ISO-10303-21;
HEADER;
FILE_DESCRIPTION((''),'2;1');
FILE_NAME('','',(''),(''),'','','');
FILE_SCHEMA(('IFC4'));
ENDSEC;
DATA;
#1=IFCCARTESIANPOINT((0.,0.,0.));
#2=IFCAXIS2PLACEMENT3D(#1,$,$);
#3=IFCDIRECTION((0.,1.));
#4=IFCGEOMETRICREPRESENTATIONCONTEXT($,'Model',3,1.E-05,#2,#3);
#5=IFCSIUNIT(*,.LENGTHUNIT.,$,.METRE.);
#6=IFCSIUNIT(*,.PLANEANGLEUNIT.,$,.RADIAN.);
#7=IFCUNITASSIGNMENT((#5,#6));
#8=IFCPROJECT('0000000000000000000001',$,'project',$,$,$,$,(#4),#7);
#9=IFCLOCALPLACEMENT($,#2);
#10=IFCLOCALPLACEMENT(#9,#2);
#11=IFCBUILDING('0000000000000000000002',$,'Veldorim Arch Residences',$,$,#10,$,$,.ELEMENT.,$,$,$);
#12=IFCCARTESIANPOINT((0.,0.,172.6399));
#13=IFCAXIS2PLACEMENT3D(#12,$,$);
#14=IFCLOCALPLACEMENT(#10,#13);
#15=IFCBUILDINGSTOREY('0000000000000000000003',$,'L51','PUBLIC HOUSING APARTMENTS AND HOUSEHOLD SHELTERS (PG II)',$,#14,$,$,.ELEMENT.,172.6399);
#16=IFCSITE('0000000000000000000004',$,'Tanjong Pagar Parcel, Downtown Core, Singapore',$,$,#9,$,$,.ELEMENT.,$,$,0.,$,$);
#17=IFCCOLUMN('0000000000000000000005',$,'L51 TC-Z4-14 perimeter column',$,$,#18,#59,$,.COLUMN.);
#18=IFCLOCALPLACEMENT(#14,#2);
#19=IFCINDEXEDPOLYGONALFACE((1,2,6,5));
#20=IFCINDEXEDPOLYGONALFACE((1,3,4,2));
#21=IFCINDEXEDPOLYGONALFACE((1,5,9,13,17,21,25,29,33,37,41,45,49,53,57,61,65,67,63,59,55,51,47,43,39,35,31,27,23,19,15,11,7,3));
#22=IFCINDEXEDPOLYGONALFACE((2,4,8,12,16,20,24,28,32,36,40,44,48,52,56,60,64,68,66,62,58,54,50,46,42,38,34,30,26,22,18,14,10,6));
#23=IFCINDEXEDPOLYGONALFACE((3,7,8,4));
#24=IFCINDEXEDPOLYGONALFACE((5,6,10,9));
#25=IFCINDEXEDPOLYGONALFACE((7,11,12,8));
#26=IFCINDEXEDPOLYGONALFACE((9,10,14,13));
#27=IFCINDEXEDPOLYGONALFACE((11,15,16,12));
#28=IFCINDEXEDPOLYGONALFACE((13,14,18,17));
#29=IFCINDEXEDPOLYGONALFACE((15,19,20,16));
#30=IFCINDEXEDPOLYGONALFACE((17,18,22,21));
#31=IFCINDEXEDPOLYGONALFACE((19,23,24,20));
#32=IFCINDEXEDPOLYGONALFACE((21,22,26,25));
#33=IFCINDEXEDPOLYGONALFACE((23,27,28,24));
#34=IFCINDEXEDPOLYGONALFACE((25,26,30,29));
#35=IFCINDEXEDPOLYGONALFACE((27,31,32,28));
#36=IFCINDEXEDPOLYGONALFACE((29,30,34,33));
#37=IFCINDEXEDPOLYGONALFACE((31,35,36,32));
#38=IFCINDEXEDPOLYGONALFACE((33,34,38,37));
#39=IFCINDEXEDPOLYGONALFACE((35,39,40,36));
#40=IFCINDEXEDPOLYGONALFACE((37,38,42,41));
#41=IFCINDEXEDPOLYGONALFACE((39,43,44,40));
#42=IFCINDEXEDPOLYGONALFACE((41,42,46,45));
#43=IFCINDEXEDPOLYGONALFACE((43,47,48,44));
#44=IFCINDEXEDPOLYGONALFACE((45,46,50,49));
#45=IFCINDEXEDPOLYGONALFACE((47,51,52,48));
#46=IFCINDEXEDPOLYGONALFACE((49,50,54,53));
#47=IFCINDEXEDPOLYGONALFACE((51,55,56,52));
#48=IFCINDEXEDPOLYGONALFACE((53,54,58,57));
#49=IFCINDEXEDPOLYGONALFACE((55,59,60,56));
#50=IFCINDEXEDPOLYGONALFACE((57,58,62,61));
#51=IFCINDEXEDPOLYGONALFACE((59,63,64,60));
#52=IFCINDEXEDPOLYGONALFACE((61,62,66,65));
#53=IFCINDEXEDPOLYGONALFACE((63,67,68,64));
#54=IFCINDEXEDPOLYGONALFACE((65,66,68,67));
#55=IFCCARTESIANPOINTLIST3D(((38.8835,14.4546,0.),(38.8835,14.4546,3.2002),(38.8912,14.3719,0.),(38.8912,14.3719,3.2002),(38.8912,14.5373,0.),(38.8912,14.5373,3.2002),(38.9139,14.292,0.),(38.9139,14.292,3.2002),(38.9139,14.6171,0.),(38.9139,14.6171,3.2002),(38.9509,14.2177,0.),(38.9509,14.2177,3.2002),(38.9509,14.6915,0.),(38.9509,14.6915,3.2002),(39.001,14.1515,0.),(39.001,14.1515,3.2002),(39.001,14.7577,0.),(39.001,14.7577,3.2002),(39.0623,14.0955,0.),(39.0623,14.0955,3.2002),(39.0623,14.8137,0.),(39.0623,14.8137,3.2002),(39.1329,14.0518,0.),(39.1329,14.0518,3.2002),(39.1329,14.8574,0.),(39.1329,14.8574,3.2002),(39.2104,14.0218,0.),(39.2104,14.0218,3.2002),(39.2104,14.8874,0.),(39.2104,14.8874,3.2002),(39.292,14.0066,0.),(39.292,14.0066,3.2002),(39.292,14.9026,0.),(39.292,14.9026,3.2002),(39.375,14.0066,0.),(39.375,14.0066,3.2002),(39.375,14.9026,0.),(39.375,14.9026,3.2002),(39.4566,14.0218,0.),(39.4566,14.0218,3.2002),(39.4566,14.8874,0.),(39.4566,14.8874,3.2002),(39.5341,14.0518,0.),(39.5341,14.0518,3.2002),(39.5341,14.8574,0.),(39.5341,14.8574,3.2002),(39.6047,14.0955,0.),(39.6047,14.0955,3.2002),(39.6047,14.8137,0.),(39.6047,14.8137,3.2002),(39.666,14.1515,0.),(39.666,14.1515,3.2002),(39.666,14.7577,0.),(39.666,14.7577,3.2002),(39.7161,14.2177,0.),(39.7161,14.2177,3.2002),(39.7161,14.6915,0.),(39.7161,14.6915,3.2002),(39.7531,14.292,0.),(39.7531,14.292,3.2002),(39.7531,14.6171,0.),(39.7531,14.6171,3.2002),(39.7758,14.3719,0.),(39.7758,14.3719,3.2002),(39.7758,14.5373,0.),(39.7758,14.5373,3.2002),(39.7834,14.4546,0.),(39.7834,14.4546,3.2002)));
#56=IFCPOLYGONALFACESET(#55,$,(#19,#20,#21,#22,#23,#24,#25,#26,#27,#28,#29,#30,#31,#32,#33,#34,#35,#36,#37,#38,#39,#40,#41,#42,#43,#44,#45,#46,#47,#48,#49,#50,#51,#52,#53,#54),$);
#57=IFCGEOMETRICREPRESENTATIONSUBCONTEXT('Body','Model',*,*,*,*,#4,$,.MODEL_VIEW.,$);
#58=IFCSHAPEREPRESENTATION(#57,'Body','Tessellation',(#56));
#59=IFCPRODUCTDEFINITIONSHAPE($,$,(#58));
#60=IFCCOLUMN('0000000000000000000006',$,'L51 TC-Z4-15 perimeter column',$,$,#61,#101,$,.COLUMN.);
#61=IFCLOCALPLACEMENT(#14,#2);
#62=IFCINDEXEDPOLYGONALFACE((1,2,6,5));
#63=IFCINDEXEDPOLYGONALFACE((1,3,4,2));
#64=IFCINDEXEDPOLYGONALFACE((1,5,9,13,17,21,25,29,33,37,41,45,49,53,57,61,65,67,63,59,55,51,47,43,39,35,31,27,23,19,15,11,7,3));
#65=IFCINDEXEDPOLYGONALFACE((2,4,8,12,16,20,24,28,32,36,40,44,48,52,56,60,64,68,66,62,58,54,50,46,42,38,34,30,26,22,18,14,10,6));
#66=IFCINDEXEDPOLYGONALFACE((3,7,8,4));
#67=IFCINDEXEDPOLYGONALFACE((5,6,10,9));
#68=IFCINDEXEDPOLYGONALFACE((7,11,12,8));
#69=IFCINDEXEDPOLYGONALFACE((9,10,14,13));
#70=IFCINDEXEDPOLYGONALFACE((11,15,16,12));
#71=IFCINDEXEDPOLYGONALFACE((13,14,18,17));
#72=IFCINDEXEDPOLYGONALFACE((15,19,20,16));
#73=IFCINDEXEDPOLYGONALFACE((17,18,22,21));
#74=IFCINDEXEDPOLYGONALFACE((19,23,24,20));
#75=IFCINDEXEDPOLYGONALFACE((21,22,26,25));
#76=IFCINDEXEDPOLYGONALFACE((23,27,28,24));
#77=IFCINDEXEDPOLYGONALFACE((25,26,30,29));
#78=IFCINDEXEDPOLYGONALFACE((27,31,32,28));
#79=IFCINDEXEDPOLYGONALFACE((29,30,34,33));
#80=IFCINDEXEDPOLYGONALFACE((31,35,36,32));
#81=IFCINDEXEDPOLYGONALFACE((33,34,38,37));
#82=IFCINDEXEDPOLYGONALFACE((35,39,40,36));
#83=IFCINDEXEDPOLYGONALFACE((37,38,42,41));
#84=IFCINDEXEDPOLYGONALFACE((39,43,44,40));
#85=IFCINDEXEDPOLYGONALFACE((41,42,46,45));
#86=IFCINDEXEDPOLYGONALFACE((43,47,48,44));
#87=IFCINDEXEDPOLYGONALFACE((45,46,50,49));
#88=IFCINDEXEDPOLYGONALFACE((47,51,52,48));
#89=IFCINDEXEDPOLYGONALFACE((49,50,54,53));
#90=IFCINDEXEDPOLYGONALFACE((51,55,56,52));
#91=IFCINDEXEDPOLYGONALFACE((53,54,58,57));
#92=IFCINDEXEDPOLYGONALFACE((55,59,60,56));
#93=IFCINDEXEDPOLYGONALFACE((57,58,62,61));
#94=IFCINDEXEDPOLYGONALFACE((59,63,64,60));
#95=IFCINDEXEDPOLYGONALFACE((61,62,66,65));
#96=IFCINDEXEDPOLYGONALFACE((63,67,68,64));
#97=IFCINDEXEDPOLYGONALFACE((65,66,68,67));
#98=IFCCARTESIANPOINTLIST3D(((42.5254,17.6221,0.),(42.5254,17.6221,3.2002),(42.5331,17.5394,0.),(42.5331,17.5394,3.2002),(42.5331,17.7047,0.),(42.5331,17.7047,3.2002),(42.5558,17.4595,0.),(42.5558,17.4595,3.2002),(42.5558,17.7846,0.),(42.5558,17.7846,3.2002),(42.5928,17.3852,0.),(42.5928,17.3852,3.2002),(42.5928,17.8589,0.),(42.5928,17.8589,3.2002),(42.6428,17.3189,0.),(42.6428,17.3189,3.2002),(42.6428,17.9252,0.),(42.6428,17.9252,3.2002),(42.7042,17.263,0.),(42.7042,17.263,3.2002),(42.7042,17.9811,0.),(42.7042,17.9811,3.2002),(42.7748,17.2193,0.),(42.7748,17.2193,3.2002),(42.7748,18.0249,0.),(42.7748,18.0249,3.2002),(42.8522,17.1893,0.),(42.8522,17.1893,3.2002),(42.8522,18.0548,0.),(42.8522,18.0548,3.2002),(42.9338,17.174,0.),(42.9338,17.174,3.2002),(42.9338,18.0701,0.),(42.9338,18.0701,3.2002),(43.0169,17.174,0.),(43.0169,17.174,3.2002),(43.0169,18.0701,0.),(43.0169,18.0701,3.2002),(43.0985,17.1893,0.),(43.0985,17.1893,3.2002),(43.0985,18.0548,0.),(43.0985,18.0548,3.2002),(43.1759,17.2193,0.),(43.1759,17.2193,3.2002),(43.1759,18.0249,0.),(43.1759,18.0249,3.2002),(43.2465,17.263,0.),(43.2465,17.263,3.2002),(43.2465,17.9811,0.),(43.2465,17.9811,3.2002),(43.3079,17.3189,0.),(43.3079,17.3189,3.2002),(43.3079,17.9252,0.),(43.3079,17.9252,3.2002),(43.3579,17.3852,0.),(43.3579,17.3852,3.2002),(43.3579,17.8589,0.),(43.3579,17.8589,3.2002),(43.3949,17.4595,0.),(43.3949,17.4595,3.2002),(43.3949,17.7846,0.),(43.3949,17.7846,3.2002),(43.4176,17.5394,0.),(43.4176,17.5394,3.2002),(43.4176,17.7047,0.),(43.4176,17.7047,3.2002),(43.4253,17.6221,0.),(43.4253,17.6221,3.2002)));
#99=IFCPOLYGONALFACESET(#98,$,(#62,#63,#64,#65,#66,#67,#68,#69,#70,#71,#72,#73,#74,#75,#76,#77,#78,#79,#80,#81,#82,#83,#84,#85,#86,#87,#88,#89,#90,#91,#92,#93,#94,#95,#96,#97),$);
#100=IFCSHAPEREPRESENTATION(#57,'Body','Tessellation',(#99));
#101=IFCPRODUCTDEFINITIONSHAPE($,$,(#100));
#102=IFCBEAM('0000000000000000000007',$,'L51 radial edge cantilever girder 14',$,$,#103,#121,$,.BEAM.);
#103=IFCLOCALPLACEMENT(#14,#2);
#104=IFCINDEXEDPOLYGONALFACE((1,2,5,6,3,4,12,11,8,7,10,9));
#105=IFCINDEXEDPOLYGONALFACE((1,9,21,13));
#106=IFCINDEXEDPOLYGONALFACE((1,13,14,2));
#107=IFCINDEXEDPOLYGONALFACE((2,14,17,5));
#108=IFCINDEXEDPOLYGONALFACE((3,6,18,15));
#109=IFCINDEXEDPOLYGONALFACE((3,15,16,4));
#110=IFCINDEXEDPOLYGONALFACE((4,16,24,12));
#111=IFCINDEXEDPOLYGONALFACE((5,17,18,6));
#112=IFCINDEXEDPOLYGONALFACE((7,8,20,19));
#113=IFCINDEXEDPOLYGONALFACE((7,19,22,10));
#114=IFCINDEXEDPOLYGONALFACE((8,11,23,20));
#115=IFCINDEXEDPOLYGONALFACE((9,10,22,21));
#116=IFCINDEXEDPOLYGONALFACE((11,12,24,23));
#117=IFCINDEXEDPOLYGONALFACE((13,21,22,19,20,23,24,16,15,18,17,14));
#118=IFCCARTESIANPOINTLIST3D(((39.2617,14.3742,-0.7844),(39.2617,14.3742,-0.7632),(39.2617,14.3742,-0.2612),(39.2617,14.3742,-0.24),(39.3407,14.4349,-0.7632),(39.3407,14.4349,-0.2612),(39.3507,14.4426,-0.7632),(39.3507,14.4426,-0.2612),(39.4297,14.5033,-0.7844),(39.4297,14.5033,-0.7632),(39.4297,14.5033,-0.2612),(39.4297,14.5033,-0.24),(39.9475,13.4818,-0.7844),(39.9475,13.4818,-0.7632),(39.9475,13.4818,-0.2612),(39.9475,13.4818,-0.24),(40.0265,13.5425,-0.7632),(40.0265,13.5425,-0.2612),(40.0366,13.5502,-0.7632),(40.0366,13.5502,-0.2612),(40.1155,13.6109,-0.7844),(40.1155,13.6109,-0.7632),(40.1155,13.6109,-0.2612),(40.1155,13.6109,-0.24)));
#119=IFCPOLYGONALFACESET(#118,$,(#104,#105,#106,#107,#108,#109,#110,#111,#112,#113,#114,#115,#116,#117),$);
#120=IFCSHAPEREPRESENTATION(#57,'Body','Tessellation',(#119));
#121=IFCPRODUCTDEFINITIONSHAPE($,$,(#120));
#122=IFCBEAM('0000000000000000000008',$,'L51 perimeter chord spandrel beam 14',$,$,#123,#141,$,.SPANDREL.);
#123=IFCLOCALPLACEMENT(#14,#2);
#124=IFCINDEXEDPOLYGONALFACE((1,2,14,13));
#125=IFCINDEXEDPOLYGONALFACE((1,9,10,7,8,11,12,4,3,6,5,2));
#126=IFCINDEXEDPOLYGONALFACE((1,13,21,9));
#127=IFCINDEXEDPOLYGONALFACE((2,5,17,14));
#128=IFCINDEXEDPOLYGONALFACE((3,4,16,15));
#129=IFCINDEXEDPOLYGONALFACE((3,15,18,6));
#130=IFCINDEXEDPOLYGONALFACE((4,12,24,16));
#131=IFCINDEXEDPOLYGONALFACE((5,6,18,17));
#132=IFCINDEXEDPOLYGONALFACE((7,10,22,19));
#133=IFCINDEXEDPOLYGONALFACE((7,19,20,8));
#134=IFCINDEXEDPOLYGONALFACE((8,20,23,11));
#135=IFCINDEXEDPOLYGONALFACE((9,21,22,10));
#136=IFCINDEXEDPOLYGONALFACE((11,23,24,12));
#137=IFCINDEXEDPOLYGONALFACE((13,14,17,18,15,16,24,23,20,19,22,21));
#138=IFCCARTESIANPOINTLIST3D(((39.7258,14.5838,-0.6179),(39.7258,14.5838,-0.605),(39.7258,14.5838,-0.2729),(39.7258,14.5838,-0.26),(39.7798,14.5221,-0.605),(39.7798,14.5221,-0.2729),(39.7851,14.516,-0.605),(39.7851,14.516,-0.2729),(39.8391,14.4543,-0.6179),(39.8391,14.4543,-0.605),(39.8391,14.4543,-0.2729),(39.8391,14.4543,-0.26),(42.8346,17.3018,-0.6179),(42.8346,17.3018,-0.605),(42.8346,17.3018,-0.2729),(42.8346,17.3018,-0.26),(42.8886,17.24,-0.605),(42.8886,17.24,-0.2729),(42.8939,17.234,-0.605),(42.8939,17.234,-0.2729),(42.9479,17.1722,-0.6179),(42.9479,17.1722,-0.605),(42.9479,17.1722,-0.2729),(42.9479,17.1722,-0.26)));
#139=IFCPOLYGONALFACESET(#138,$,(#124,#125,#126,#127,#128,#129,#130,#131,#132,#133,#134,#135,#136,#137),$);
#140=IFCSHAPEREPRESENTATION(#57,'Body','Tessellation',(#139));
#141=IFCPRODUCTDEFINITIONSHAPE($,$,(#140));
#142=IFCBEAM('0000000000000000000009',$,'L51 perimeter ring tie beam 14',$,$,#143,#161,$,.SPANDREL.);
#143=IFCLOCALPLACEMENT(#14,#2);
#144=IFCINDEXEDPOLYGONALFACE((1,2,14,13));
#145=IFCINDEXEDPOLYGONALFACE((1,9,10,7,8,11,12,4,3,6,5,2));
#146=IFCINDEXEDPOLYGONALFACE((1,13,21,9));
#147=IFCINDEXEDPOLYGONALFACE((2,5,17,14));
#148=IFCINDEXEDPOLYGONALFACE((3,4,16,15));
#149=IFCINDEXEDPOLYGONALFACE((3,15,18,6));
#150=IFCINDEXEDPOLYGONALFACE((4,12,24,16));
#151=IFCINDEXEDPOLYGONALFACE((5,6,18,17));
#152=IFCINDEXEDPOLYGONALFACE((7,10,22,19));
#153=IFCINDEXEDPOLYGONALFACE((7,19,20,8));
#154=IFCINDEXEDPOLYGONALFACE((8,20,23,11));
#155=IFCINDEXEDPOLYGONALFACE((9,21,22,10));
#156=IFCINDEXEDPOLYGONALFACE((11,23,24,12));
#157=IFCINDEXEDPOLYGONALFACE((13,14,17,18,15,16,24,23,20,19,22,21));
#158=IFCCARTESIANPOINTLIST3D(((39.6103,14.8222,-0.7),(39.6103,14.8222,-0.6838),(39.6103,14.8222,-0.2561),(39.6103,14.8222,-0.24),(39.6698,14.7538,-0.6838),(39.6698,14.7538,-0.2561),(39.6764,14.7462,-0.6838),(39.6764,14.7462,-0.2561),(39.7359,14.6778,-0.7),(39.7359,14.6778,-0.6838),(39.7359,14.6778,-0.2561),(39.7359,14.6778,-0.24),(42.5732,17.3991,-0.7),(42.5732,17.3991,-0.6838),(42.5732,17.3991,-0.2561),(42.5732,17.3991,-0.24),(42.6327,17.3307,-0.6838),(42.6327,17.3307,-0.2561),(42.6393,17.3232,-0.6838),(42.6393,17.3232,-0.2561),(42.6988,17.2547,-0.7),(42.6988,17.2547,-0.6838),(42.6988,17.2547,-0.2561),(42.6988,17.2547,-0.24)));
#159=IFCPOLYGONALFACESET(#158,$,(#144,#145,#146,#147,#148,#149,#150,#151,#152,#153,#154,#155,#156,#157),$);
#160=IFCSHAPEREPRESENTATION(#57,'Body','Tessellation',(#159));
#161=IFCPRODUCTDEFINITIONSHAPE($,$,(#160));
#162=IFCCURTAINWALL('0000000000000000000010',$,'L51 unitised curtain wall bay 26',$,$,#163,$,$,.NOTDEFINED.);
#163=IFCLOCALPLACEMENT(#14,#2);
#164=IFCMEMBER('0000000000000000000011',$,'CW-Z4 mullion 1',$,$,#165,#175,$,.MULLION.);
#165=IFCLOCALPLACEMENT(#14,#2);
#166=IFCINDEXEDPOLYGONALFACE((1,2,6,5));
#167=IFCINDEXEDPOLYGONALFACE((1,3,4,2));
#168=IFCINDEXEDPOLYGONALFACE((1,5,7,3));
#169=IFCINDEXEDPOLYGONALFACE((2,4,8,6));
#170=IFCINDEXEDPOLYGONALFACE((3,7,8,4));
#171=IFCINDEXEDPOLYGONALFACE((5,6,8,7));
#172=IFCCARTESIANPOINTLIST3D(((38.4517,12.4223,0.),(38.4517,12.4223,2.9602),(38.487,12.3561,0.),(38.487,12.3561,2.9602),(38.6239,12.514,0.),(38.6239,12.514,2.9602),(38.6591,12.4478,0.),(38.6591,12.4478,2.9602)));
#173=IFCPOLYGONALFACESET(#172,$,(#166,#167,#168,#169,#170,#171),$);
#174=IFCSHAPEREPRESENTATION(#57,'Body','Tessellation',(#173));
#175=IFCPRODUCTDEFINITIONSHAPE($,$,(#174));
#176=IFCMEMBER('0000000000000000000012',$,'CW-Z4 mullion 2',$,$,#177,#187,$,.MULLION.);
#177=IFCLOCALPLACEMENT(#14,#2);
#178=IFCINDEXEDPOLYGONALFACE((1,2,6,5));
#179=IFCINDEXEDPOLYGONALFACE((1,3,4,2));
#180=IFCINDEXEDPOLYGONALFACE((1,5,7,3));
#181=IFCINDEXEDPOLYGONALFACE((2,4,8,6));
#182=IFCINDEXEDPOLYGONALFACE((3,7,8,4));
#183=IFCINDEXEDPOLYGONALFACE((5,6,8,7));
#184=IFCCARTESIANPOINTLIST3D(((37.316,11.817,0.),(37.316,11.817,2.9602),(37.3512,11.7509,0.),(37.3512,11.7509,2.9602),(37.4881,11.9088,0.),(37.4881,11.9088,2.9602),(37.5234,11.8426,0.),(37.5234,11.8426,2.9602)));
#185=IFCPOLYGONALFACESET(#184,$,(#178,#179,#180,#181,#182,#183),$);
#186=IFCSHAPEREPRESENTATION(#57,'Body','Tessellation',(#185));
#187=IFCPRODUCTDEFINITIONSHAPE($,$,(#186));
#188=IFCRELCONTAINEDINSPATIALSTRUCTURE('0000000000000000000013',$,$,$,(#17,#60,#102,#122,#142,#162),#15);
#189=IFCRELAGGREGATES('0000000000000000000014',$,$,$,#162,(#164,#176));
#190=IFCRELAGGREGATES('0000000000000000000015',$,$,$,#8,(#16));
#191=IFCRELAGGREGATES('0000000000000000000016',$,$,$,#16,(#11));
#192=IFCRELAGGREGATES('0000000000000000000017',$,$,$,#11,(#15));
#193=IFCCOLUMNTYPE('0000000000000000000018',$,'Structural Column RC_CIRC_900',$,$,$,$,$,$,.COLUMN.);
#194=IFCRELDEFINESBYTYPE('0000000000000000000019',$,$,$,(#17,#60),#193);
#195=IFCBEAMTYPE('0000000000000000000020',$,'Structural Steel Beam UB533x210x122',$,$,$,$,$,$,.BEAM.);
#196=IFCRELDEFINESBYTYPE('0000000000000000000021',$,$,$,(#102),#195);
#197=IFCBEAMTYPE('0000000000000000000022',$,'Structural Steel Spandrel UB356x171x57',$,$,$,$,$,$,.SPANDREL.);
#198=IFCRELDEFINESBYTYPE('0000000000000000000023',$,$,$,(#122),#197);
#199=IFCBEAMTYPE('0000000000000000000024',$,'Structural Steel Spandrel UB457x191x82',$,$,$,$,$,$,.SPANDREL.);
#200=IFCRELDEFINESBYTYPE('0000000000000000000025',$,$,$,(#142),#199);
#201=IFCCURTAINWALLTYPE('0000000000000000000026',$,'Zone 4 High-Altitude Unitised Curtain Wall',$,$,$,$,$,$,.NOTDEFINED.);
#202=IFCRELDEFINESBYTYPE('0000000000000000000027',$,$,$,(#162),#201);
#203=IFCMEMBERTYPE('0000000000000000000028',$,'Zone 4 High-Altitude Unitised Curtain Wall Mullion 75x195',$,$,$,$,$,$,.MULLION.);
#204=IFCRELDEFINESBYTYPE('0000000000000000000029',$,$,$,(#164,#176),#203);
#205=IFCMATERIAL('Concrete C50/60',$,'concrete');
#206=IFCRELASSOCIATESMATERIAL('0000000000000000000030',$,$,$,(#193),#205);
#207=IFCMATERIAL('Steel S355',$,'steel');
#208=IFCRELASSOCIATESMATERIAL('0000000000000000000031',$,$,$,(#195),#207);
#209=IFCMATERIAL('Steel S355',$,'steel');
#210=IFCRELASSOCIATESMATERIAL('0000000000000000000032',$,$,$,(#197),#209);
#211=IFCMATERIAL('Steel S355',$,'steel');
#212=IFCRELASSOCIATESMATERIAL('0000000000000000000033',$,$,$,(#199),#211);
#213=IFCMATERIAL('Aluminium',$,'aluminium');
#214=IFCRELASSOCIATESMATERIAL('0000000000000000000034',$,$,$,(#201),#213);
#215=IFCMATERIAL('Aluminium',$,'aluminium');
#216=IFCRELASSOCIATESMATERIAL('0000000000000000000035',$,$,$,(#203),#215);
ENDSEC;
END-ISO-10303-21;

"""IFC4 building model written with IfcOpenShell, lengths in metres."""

from ifc_helpers import new_model, si_unit, direction, frame, origin, origin_2d, place, context, subcontext, project, spatial, rectangle, circle, i_section, extrude, material, material_profile, profile_set, type_object, element, aggregate, save


model = new_model("IFC4")

# Units and contexts
model_context = context("Model", 3, precision=1e-05, world=origin(), true_north=direction((0.0, 1.0)))
body_context = subcontext(model_context, "Body", "Model", "MODEL_VIEW")
ifc_project = project(units=[si_unit("LENGTHUNIT", "METRE"), si_unit("PLANEANGLEUNIT", "RADIAN")], contexts=[model_context])

# Site, building, storey
site_placement = place(None, origin())
site = spatial("IfcSite", under=ifc_project, at=site_placement, Name="Tanjong Pagar Parcel, Downtown Core, Singapore", CompositionType="ELEMENT", RefElevation=0.0)
building_placement = place(site_placement, origin())
building = spatial("IfcBuilding", under=site, at=building_placement, Name="Veldorim Arch Residences", CompositionType="ELEMENT")
storey_placement = place(building_placement, frame((0.0, 0.0, 172.6399)))
storey = spatial("IfcBuildingStorey", under=building, at=storey_placement, Name="L51", Description="PUBLIC HOUSING APARTMENTS AND HOUSEHOLD SHELTERS (PG II)", CompositionType="ELEMENT", Elevation=172.6399)

# Columns
ifc_material_1 = material(Name="Concrete C50/60", Category="concrete")
ifc_material_profile_1 = material_profile(ifc_material_1, circle(Radius=0.45, at=origin_2d()), Name="RC_CIRC_900")
ifc_profile_set_1 = profile_set([ifc_material_profile_1], Name="Concrete C50/60")
column_type = type_object("IfcColumnType", Name="Structural Column RC_CIRC_900", PredefinedType="COLUMN", material=ifc_profile_set_1)
for number, where, z_axis, x_axis, name in (
    (1, (39.3335, 14.4546, 0.0), (0.0, 0.0, 1.0), (1.0, 0.0, 0.0), "L51 TC-Z4-14 perimeter column"),
    (2, (42.9753, 17.6221, 0.0), (0.0, 0.0, 1.0), (1.0, 0.0, 0.0), "L51 TC-Z4-15 perimeter column"),
):
    element("IfcColumn", number, at=place(storey_placement, frame(where, z_axis=z_axis, x_axis=x_axis)), inside=storey, type_object=column_type, Name=name, PredefinedType="COLUMN", context=body_context, shape_type="SweptSolid", body=[
        extrude(circle(Radius=0.45, at=origin_2d()), origin(), (0.0, 0.0, 1.0), 3.2002),
    ])

# Beams
ifc_material_2 = material(Name="Steel S355", Category="steel")
ifc_material_profile_2 = material_profile(ifc_material_2, i_section(OverallWidth=0.2119, OverallDepth=0.5444, WebThickness=0.0127, FlangeThickness=0.0212, at=origin_2d()), Name="UB533x210x122")
ifc_profile_set_2 = profile_set([ifc_material_profile_2], Name="Steel S355")
beam_type_1 = type_object("IfcBeamType", Name="Structural Steel Beam UB533x210x122", PredefinedType="BEAM", material=ifc_profile_set_2)
beam_1_placement = place(storey_placement, frame((39.3457, 14.4387, -0.5122), z_axis=(0.609365, -0.79289, 0.0), x_axis=(0.79289, 0.609365, 0.0)))
element("IfcBeam", 3, at=beam_1_placement, inside=storey, type_object=beam_type_1, Name="L51 radial edge cantilever girder 14", PredefinedType="BEAM", context=body_context, shape_type="SweptSolid", body=[
    extrude(i_section(OverallWidth=0.2119, OverallDepth=0.5444, WebThickness=0.0127, FlangeThickness=0.0212, at=origin_2d()), origin(), (0.0, 0.0, 1.0), 1.1255),
])
ifc_material_3 = material(Name="Steel S355", Category="steel")
ifc_material_profile_3 = material_profile(ifc_material_3, i_section(OverallWidth=0.1721, OverallDepth=0.3579, WebThickness=0.0081, FlangeThickness=0.0129, at=origin_2d()), Name="UB356x171x57")
ifc_profile_set_3 = profile_set([ifc_material_profile_3], Name="Steel S355")
beam_type_2 = type_object("IfcBeamType", Name="Structural Steel Spandrel UB356x171x57", PredefinedType="SPANDREL", material=ifc_profile_set_3)
beam_2_placement = place(storey_placement, frame((39.7825, 14.519, -0.439), z_axis=(0.752848, 0.658195, 0.0), x_axis=(-0.658195, 0.752848, 0.0)))
element("IfcBeam", 4, at=beam_2_placement, inside=storey, type_object=beam_type_2, Name="L51 perimeter chord spandrel beam 14", PredefinedType="SPANDREL", context=body_context, shape_type="SweptSolid", body=[
    extrude(i_section(OverallWidth=0.1721, OverallDepth=0.3579, WebThickness=0.0081, FlangeThickness=0.0129, at=origin_2d()), origin(), (0.0, 0.0, 1.0), 4.1294),
])
ifc_material_4 = material(Name="Steel S355", Category="steel")
ifc_material_profile_4 = material_profile(ifc_material_4, i_section(OverallWidth=0.1914, OverallDepth=0.46, WebThickness=0.01, FlangeThickness=0.0161, at=origin_2d()), Name="UB457x191x82")
ifc_profile_set_4 = profile_set([ifc_material_profile_4], Name="Steel S355")
beam_type_3 = type_object("IfcBeamType", Name="Structural Steel Spandrel UB457x191x82", PredefinedType="SPANDREL", material=ifc_profile_set_4)
beam_3_placement = place(storey_placement, frame((39.6731, 14.75, -0.47), z_axis=(0.754545, 0.656248, 0.0), x_axis=(-0.656248, 0.754545, 0.0)))
element("IfcBeam", 5, at=beam_3_placement, inside=storey, type_object=beam_type_3, Name="L51 perimeter ring tie beam 14", PredefinedType="SPANDREL", context=body_context, shape_type="SweptSolid", body=[
    extrude(i_section(OverallWidth=0.1914, OverallDepth=0.46, WebThickness=0.01, FlangeThickness=0.0161, at=origin_2d()), origin(), (0.0, 0.0, 1.0), 3.9268),
])

# Curtain wall, members
ifc_material_5 = material(Name="Aluminium", Category="aluminium")
curtain_wall_type = type_object("IfcCurtainWallType", Name="Zone 4 High-Altitude Unitised Curtain Wall", PredefinedType="NOTDEFINED", material=ifc_material_5)
curtain_wall_placement = place(storey_placement, origin())
curtain_wall = element("IfcCurtainWall", 6, at=curtain_wall_placement, inside=storey, type_object=curtain_wall_type, Name="L51 unitised curtain wall bay 26", PredefinedType="NOTDEFINED")
ifc_material_6 = material(Name="Aluminium", Category="aluminium")
ifc_material_profile_5 = material_profile(ifc_material_6, rectangle(XDim=0.075, YDim=0.1951, at=origin_2d()), Name="ALU_MUL_75x195")
ifc_profile_set_5 = profile_set([ifc_material_profile_5], Name="Aluminium")
member_type_1 = type_object("IfcMemberType", Name="Zone 4 High-Altitude Unitised Curtain Wall Mullion 75x195", PredefinedType="MULLION", material=ifc_profile_set_5)
member_1_placement = place(storey_placement, frame((38.5554, 12.4351, 0.0), z_axis=(0.0, 0.0, 1.0), x_axis=(0.470186, -0.882567, 0.0)))
member_1 = element("IfcMember", 7, at=member_1_placement, type_object=member_type_1, Name="CW-Z4 mullion 1", PredefinedType="MULLION", context=body_context, shape_type="SweptSolid", body=[
    extrude(rectangle(XDim=0.075, YDim=0.1951, at=origin_2d()), origin(), (0.0, 0.0, 1.0), 2.9602),
])
member_2_placement = place(storey_placement, frame((37.4197, 11.8298, 0.0), z_axis=(0.0, 0.0, 1.0), x_axis=(0.470186, -0.882567, 0.0)))
member_2 = element("IfcMember", 8, at=member_2_placement, type_object=member_type_1, Name="CW-Z4 mullion 2", PredefinedType="MULLION", context=body_context, shape_type="SweptSolid", body=[
    extrude(rectangle(XDim=0.075, YDim=0.1951, at=origin_2d()), origin(), (0.0, 0.0, 1.0), 2.9602),
])
aggregate(curtain_wall, [member_1, member_2])

save(model, "model.ifc")
